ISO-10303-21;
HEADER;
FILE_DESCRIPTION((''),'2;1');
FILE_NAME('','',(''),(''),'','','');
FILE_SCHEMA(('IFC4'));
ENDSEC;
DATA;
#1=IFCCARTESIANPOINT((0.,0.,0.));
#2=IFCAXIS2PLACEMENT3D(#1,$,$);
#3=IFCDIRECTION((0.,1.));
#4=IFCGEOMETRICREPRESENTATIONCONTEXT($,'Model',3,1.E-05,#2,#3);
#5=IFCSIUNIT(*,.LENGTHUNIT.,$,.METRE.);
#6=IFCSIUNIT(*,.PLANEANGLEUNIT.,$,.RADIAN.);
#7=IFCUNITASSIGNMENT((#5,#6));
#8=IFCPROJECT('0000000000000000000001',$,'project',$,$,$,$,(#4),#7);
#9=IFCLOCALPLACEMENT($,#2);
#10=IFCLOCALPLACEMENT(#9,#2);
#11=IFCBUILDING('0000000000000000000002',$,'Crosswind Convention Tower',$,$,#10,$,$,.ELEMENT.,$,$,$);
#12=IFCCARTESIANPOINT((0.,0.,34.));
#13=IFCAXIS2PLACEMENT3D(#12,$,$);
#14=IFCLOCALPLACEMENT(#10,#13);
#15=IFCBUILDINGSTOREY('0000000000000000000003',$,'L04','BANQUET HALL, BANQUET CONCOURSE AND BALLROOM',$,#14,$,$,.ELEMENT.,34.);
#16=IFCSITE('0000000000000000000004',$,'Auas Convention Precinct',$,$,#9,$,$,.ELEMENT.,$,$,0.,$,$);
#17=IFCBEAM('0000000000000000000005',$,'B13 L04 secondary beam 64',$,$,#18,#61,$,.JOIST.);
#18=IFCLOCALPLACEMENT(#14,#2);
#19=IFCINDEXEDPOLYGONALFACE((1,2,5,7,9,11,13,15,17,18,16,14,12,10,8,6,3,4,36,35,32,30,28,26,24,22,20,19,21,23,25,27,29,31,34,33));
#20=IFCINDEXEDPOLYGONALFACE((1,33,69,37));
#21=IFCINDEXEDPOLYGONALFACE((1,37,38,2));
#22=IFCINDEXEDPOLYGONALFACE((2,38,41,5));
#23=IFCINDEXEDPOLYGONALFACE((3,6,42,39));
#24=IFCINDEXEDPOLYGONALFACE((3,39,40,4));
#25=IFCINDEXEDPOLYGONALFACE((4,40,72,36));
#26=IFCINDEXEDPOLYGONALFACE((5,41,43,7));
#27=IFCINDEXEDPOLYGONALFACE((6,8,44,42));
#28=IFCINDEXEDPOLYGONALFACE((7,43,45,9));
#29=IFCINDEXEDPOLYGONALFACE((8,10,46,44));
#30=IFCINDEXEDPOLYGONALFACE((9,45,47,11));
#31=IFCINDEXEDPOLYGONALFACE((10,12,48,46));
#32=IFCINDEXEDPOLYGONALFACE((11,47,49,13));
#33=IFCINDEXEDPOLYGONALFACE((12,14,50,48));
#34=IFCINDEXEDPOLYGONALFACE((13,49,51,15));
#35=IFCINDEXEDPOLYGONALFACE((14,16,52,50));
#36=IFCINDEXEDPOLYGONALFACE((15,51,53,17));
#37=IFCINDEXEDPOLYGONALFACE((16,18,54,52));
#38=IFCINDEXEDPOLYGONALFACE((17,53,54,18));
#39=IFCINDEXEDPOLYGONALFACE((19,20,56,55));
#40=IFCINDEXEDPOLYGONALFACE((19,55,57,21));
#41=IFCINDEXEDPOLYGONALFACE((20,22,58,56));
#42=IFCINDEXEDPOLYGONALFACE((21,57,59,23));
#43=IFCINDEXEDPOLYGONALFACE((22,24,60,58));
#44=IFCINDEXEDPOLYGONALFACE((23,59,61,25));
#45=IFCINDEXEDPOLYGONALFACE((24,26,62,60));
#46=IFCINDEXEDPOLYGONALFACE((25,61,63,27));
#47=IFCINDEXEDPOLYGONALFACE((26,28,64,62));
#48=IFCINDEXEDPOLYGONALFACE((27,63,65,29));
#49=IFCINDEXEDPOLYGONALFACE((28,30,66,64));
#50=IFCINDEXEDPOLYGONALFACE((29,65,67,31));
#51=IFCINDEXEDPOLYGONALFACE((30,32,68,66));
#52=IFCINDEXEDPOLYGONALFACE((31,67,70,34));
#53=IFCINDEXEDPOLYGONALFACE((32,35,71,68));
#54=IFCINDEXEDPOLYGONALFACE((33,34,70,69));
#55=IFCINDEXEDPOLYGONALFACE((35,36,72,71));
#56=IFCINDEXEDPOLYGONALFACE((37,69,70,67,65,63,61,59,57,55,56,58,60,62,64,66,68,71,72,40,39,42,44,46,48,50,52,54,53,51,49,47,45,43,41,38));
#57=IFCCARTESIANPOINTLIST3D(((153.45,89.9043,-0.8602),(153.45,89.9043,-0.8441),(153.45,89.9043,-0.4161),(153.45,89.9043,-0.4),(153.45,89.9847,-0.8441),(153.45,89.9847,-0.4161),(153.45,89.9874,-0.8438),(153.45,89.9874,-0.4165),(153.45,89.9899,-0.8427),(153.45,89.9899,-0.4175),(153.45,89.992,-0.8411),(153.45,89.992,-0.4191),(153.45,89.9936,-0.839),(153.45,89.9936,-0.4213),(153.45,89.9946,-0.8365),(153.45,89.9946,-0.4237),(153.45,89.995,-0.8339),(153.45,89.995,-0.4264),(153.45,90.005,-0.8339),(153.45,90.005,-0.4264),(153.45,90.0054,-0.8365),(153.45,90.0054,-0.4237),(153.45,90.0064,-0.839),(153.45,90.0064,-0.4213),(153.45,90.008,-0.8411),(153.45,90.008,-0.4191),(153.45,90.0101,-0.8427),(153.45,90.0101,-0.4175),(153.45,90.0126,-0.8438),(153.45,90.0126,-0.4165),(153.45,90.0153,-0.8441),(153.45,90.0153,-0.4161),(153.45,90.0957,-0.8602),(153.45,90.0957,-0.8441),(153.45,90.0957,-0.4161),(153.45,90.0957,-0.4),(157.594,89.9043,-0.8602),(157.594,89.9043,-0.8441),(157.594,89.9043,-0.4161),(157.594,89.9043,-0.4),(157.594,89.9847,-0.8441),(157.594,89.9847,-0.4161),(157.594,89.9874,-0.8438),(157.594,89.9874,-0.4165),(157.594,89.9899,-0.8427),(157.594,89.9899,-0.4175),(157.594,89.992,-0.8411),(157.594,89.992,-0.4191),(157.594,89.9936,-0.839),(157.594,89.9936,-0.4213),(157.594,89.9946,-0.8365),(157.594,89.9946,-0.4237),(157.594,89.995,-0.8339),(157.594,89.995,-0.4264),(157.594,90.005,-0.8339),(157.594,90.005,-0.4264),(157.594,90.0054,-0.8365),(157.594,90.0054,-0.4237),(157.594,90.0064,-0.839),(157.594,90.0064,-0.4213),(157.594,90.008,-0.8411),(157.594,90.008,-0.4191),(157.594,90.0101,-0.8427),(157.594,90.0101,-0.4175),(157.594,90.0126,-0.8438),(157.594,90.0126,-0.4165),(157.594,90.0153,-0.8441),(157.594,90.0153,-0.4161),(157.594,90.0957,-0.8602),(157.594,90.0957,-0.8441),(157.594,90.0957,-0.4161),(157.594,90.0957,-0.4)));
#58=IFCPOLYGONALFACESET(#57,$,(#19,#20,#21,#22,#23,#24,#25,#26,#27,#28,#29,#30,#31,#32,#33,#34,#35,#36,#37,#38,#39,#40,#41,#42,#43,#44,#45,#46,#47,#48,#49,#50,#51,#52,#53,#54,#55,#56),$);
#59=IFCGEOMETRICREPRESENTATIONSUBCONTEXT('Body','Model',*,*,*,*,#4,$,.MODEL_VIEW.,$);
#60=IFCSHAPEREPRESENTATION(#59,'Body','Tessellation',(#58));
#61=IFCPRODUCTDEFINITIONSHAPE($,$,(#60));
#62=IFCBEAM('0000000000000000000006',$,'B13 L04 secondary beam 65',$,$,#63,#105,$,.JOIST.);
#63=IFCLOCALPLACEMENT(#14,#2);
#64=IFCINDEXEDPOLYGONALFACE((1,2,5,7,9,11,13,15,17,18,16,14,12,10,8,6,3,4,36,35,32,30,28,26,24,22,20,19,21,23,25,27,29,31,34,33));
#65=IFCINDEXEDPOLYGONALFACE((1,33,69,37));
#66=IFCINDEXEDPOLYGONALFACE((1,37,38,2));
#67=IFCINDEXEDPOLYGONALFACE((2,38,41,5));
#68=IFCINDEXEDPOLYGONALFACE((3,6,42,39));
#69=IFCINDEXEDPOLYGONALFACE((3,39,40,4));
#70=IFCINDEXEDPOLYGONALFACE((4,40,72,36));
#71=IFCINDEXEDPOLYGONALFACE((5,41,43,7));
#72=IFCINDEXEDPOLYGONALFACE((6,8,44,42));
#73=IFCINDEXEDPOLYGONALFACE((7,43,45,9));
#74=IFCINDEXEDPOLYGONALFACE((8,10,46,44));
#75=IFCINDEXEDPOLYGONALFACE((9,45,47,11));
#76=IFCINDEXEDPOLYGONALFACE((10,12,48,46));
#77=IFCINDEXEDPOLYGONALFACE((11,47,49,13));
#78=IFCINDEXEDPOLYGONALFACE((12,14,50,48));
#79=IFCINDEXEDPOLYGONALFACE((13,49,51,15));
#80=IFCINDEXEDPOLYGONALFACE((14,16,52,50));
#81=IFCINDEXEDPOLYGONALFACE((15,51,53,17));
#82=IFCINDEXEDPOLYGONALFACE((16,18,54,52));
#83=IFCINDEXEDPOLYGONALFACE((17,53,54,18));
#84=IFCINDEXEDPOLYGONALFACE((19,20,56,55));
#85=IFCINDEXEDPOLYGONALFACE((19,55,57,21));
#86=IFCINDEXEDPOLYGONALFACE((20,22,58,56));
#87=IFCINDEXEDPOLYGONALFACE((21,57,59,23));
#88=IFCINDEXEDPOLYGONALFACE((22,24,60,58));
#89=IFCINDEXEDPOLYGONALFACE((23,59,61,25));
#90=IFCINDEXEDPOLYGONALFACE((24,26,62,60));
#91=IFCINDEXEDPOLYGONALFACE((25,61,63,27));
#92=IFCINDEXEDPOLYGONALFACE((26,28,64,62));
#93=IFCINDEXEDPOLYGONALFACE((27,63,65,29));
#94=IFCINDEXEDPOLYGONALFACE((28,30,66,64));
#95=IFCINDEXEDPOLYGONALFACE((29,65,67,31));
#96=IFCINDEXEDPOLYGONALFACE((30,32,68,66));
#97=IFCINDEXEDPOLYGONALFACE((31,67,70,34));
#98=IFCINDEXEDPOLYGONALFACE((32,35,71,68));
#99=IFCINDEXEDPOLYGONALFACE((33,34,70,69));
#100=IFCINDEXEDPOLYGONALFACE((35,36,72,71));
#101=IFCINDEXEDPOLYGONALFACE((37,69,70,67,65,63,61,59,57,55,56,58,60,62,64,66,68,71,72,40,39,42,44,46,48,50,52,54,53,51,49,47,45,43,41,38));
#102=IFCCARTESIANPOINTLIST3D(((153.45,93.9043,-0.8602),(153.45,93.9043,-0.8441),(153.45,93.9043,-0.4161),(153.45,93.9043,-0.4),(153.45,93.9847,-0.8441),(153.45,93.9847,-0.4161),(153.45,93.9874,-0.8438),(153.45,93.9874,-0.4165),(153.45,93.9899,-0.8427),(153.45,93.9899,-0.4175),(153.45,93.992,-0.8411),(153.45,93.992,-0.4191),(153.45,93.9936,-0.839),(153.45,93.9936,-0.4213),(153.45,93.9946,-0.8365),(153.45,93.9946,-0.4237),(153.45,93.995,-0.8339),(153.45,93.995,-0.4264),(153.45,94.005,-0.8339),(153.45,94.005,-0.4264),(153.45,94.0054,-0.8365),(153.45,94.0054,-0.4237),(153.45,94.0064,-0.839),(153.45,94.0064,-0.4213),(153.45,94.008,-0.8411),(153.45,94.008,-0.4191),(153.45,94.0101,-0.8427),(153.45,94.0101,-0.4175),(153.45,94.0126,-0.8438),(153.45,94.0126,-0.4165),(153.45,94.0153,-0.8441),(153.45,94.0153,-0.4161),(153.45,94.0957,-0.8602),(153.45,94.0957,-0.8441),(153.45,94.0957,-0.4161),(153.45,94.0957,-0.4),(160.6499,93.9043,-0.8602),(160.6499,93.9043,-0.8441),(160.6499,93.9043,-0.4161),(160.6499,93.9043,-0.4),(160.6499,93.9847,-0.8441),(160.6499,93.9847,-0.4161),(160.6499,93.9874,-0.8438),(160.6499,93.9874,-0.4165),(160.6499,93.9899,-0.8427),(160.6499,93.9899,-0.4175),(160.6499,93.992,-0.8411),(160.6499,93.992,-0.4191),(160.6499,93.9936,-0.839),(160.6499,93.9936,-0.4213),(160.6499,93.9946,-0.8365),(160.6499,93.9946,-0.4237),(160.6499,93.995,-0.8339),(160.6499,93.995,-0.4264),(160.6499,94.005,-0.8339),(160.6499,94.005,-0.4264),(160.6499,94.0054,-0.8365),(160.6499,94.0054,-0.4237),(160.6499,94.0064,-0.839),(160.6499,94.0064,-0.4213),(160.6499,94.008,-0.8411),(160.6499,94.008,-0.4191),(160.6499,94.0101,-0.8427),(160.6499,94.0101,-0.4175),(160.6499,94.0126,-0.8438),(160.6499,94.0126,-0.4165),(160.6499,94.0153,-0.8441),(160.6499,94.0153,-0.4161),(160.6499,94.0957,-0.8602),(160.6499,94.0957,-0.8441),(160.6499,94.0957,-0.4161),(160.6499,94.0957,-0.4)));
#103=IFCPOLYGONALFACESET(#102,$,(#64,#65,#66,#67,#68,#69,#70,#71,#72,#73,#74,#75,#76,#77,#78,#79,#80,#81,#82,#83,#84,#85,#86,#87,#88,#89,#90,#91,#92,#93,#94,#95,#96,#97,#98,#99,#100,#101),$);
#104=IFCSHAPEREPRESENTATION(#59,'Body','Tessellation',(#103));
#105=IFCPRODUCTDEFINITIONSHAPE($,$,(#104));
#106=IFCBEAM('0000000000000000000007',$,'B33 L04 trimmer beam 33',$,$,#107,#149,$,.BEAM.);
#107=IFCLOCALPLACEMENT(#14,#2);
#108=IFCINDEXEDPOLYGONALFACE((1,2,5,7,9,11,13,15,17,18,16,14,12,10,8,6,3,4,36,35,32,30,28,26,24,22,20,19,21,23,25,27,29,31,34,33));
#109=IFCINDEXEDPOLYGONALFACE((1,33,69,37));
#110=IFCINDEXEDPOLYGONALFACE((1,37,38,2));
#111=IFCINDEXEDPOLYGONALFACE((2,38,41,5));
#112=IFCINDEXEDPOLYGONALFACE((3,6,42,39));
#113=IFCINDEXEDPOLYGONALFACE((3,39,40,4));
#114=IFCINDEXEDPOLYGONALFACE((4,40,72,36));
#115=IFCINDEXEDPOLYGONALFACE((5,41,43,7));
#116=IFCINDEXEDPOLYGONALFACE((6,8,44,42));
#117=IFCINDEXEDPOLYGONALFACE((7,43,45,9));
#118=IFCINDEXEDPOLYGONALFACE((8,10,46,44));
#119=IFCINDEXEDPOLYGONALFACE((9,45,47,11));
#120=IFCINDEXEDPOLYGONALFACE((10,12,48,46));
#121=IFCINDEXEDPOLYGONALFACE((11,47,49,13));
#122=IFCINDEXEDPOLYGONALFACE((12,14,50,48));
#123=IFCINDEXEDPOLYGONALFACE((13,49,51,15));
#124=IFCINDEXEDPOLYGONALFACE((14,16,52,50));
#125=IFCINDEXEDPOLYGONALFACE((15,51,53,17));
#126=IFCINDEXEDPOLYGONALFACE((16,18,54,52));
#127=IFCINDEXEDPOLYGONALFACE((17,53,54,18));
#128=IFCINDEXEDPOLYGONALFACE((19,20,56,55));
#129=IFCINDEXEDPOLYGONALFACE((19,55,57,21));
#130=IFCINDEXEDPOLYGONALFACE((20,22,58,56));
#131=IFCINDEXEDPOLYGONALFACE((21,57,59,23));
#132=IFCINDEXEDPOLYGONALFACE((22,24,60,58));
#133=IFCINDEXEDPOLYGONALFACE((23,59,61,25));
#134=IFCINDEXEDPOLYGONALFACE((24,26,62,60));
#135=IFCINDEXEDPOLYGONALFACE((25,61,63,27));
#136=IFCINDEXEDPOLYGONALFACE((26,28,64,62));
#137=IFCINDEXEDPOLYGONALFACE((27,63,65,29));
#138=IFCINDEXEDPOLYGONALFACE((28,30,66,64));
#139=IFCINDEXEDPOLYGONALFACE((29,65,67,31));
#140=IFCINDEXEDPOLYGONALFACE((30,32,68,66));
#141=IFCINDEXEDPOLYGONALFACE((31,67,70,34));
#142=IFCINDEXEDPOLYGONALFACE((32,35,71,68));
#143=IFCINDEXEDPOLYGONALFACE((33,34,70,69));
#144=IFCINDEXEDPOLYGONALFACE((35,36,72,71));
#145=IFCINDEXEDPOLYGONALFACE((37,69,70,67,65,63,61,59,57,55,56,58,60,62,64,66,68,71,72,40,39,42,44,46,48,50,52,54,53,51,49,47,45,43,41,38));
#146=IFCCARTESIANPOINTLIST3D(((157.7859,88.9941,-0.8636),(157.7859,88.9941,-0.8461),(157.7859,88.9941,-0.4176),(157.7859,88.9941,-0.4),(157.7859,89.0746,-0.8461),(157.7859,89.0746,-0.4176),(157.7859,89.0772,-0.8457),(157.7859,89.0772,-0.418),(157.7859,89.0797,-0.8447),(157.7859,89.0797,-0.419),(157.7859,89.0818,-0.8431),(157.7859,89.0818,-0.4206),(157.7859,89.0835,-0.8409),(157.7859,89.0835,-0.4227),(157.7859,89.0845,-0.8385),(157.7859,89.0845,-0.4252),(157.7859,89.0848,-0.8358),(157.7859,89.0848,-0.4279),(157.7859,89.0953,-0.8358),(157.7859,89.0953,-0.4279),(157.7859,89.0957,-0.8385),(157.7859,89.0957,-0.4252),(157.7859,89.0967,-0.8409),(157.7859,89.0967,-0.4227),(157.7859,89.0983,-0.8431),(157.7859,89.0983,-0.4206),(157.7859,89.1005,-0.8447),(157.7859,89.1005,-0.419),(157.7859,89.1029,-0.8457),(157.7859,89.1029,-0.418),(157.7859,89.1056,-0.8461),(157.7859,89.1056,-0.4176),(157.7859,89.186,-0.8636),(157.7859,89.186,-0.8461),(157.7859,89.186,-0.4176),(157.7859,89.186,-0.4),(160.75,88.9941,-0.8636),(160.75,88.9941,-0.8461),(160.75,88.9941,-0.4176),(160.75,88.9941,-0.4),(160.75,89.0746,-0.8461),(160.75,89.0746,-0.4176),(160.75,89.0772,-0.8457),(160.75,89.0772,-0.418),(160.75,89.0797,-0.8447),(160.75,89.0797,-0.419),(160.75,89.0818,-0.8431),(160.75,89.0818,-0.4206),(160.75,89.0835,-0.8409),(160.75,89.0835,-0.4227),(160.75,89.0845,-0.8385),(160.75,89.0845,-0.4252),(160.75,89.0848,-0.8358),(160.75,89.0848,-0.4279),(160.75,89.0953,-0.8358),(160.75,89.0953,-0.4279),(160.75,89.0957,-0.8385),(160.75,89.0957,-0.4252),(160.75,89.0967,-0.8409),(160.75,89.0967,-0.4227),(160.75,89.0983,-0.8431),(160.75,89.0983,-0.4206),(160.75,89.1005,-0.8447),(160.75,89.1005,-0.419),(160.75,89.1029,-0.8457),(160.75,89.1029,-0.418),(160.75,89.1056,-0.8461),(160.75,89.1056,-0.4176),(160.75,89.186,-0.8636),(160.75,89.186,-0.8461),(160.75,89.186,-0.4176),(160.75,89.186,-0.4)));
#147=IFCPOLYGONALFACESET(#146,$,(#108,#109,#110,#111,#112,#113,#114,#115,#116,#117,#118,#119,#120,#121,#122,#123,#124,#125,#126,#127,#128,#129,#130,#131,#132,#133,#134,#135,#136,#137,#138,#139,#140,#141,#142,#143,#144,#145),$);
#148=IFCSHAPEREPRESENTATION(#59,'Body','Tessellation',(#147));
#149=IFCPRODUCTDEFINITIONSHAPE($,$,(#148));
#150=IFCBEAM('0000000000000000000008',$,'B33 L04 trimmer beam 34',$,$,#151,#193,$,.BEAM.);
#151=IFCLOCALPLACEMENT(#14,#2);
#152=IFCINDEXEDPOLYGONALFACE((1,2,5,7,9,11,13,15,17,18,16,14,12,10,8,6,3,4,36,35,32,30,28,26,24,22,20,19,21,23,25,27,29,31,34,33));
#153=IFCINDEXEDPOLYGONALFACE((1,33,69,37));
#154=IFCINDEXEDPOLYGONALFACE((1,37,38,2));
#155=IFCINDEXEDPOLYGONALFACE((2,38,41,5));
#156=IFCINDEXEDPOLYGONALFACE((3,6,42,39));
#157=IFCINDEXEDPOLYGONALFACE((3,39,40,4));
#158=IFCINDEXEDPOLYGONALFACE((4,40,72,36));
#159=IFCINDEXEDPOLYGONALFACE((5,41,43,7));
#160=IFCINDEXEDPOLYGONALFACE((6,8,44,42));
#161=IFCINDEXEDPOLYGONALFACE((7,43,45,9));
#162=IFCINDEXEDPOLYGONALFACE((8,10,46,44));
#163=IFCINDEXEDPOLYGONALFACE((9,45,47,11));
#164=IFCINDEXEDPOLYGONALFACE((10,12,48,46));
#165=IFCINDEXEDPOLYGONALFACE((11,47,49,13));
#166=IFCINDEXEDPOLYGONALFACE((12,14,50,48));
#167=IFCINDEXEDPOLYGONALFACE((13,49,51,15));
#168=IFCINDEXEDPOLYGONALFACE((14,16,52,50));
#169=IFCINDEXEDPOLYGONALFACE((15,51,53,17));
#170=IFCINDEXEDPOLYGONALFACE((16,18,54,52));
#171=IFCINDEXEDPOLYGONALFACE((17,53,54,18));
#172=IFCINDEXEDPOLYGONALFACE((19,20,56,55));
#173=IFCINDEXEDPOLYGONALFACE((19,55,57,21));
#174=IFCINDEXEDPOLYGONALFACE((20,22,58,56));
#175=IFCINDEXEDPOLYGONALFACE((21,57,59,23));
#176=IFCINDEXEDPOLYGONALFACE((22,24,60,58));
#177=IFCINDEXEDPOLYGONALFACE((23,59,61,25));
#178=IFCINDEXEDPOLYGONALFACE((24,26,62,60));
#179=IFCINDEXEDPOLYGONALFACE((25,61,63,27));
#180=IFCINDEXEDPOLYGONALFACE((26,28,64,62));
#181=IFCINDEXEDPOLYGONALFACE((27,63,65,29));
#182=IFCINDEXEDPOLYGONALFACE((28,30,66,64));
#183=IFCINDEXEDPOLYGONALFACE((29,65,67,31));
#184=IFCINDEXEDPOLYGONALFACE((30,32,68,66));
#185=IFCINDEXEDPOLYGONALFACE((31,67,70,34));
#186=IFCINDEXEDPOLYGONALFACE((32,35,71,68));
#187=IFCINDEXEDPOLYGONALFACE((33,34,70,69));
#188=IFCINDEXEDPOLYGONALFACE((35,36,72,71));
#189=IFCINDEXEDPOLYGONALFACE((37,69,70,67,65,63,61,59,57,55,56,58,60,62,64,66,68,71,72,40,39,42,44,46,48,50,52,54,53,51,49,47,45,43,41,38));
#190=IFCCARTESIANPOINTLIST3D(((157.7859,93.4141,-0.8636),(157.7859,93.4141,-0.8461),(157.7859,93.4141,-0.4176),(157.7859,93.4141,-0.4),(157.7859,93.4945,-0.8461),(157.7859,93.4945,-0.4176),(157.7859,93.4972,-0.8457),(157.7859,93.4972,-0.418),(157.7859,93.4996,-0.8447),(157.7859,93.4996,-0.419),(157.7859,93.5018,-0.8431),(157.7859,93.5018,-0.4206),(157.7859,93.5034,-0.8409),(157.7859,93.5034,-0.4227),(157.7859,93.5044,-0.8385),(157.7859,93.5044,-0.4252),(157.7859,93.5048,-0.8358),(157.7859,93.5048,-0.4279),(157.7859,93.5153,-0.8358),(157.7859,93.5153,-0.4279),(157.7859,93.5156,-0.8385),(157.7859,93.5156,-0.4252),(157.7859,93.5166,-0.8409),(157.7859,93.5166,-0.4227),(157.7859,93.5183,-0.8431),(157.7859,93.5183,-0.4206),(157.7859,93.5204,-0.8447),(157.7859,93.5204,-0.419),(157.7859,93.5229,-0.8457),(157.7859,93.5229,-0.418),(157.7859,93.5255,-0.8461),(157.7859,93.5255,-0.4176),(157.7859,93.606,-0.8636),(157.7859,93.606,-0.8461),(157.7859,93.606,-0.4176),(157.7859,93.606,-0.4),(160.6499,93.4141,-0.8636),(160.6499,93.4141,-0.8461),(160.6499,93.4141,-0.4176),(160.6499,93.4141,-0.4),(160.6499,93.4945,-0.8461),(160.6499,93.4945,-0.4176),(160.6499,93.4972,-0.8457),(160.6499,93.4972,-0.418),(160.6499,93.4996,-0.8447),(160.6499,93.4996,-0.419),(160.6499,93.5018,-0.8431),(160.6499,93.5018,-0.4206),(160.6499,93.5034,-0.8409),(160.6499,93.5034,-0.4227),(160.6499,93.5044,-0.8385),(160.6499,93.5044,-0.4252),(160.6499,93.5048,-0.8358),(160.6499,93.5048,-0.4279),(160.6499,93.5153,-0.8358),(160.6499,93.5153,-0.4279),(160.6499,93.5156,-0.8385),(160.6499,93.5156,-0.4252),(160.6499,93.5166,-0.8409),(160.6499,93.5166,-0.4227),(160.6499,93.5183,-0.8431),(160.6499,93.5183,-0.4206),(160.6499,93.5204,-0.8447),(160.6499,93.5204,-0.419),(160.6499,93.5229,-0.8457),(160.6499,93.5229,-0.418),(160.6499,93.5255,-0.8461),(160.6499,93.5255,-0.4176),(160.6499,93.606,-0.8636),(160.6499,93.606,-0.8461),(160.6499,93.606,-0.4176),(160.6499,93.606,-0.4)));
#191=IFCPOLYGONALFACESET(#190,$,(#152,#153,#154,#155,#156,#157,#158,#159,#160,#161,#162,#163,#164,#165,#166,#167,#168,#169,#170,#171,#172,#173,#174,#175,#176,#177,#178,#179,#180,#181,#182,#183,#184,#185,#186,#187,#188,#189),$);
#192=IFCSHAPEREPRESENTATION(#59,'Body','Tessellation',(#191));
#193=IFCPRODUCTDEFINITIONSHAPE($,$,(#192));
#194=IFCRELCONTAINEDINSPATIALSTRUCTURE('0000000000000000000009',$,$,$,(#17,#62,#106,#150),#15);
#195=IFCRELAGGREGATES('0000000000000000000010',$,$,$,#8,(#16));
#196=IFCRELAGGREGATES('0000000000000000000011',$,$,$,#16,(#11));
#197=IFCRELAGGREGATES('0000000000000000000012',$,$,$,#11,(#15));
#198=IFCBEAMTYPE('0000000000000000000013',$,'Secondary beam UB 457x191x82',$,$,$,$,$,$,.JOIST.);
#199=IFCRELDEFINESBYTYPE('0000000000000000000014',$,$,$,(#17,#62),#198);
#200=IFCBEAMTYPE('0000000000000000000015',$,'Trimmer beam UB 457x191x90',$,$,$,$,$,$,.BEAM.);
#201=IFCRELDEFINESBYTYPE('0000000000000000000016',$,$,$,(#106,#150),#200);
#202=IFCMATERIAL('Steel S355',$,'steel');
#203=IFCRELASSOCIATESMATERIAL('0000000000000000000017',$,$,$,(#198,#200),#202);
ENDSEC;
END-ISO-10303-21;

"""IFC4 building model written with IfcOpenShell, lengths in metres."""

from ifc_helpers import new_model, si_unit, direction, frame, origin, origin_2d, place, context, subcontext, project, spatial, i_section, extrude, material, material_profile, profile_set, type_object, element, save


model = new_model("IFC4")

# Units and contexts
model_context = context("Model", 3, precision=1e-05, world=origin(), true_north=direction((0.0, 1.0)))
body_context = subcontext(model_context, "Body", "Model", "MODEL_VIEW")
ifc_project = project(units=[si_unit("LENGTHUNIT", "METRE"), si_unit("PLANEANGLEUNIT", "RADIAN")], contexts=[model_context])

# Site, building, storey
site_placement = place(None, origin())
site = spatial("IfcSite", under=ifc_project, at=site_placement, Name="Auas Convention Precinct", CompositionType="ELEMENT", RefElevation=0.0)
building_placement = place(site_placement, origin())
building = spatial("IfcBuilding", under=site, at=building_placement, Name="Crosswind Convention Tower", CompositionType="ELEMENT")
storey_placement = place(building_placement, frame((0.0, 0.0, 34.0)))
storey = spatial("IfcBuildingStorey", under=building, at=storey_placement, Name="L04", Description="BANQUET HALL, BANQUET CONCOURSE AND BALLROOM", CompositionType="ELEMENT", Elevation=34.0)

# Beams
ifc_material_1 = material(Name="Steel S355", Category="steel")
ifc_material_profile_1 = material_profile(ifc_material_1, i_section(OverallWidth=0.1914, OverallDepth=0.4602, WebThickness=0.01, FlangeThickness=0.0161, FilletRadius=0.0103, at=origin_2d()), Name="UB 457x191x82")
ifc_profile_set_1 = profile_set([ifc_material_profile_1], Name="Steel S355")
beam_type_1 = type_object("IfcBeamType", Name="Secondary beam UB 457x191x82", PredefinedType="JOIST", material=ifc_profile_set_1)
beam_1_placement = place(storey_placement, frame((153.45, 90.0, -0.6301), z_axis=(1.0, 0.0, 0.0), x_axis=(0.0, 1.0, 0.0)))
element("IfcBeam", 1, at=beam_1_placement, inside=storey, type_object=beam_type_1, Name="B13 L04 secondary beam 64", PredefinedType="JOIST", context=body_context, shape_type="SweptSolid", body=[
    extrude(i_section(OverallWidth=0.1914, OverallDepth=0.4602, WebThickness=0.01, FlangeThickness=0.0161, FilletRadius=0.0103, at=origin_2d()), origin(), (0.0, 0.0, 1.0), 4.144),
])
beam_2_placement = place(storey_placement, frame((153.45, 94.0, -0.6301), z_axis=(1.0, 0.0, 0.0), x_axis=(0.0, 1.0, 0.0)))
element("IfcBeam", 2, at=beam_2_placement, inside=storey, type_object=beam_type_1, Name="B13 L04 secondary beam 65", PredefinedType="JOIST", context=body_context, shape_type="SweptSolid", body=[
    extrude(i_section(OverallWidth=0.1914, OverallDepth=0.4602, WebThickness=0.01, FlangeThickness=0.0161, FilletRadius=0.0103, at=origin_2d()), origin(), (0.0, 0.0, 1.0), 7.2),
])
ifc_material_profile_2 = material_profile(ifc_material_1, i_section(OverallWidth=0.1919, OverallDepth=0.4636, WebThickness=0.0105, FlangeThickness=0.0176, FilletRadius=0.0103, at=origin_2d()), Name="UB 457x191x90")
ifc_profile_set_2 = profile_set([ifc_material_profile_2], Name="Steel S355")
beam_type_2 = type_object("IfcBeamType", Name="Trimmer beam UB 457x191x90", PredefinedType="BEAM", material=ifc_profile_set_2)
beam_3_placement = place(storey_placement, frame((157.7859, 89.0901, -0.6318), z_axis=(1.0, 0.0, 0.0), x_axis=(0.0, 1.0, 0.0)))
element("IfcBeam", 3, at=beam_3_placement, inside=storey, type_object=beam_type_2, Name="B33 L04 trimmer beam 33", PredefinedType="BEAM", context=body_context, shape_type="SweptSolid", body=[
    extrude(i_section(OverallWidth=0.1919, OverallDepth=0.4636, WebThickness=0.0105, FlangeThickness=0.0176, FilletRadius=0.0103, at=origin_2d()), origin(), (0.0, 0.0, 1.0), 2.9641),
])
beam_4_placement = place(storey_placement, frame((157.7859, 93.51, -0.6318), z_axis=(1.0, 0.0, 0.0), x_axis=(0.0, 1.0, 0.0)))
element("IfcBeam", 4, at=beam_4_placement, inside=storey, type_object=beam_type_2, Name="B33 L04 trimmer beam 34", PredefinedType="BEAM", context=body_context, shape_type="SweptSolid", body=[
    extrude(i_section(OverallWidth=0.1919, OverallDepth=0.4636, WebThickness=0.0105, FlangeThickness=0.0176, FilletRadius=0.0103, at=origin_2d()), origin(), (0.0, 0.0, 1.0), 2.864),
])

save(model, "model.ifc")
